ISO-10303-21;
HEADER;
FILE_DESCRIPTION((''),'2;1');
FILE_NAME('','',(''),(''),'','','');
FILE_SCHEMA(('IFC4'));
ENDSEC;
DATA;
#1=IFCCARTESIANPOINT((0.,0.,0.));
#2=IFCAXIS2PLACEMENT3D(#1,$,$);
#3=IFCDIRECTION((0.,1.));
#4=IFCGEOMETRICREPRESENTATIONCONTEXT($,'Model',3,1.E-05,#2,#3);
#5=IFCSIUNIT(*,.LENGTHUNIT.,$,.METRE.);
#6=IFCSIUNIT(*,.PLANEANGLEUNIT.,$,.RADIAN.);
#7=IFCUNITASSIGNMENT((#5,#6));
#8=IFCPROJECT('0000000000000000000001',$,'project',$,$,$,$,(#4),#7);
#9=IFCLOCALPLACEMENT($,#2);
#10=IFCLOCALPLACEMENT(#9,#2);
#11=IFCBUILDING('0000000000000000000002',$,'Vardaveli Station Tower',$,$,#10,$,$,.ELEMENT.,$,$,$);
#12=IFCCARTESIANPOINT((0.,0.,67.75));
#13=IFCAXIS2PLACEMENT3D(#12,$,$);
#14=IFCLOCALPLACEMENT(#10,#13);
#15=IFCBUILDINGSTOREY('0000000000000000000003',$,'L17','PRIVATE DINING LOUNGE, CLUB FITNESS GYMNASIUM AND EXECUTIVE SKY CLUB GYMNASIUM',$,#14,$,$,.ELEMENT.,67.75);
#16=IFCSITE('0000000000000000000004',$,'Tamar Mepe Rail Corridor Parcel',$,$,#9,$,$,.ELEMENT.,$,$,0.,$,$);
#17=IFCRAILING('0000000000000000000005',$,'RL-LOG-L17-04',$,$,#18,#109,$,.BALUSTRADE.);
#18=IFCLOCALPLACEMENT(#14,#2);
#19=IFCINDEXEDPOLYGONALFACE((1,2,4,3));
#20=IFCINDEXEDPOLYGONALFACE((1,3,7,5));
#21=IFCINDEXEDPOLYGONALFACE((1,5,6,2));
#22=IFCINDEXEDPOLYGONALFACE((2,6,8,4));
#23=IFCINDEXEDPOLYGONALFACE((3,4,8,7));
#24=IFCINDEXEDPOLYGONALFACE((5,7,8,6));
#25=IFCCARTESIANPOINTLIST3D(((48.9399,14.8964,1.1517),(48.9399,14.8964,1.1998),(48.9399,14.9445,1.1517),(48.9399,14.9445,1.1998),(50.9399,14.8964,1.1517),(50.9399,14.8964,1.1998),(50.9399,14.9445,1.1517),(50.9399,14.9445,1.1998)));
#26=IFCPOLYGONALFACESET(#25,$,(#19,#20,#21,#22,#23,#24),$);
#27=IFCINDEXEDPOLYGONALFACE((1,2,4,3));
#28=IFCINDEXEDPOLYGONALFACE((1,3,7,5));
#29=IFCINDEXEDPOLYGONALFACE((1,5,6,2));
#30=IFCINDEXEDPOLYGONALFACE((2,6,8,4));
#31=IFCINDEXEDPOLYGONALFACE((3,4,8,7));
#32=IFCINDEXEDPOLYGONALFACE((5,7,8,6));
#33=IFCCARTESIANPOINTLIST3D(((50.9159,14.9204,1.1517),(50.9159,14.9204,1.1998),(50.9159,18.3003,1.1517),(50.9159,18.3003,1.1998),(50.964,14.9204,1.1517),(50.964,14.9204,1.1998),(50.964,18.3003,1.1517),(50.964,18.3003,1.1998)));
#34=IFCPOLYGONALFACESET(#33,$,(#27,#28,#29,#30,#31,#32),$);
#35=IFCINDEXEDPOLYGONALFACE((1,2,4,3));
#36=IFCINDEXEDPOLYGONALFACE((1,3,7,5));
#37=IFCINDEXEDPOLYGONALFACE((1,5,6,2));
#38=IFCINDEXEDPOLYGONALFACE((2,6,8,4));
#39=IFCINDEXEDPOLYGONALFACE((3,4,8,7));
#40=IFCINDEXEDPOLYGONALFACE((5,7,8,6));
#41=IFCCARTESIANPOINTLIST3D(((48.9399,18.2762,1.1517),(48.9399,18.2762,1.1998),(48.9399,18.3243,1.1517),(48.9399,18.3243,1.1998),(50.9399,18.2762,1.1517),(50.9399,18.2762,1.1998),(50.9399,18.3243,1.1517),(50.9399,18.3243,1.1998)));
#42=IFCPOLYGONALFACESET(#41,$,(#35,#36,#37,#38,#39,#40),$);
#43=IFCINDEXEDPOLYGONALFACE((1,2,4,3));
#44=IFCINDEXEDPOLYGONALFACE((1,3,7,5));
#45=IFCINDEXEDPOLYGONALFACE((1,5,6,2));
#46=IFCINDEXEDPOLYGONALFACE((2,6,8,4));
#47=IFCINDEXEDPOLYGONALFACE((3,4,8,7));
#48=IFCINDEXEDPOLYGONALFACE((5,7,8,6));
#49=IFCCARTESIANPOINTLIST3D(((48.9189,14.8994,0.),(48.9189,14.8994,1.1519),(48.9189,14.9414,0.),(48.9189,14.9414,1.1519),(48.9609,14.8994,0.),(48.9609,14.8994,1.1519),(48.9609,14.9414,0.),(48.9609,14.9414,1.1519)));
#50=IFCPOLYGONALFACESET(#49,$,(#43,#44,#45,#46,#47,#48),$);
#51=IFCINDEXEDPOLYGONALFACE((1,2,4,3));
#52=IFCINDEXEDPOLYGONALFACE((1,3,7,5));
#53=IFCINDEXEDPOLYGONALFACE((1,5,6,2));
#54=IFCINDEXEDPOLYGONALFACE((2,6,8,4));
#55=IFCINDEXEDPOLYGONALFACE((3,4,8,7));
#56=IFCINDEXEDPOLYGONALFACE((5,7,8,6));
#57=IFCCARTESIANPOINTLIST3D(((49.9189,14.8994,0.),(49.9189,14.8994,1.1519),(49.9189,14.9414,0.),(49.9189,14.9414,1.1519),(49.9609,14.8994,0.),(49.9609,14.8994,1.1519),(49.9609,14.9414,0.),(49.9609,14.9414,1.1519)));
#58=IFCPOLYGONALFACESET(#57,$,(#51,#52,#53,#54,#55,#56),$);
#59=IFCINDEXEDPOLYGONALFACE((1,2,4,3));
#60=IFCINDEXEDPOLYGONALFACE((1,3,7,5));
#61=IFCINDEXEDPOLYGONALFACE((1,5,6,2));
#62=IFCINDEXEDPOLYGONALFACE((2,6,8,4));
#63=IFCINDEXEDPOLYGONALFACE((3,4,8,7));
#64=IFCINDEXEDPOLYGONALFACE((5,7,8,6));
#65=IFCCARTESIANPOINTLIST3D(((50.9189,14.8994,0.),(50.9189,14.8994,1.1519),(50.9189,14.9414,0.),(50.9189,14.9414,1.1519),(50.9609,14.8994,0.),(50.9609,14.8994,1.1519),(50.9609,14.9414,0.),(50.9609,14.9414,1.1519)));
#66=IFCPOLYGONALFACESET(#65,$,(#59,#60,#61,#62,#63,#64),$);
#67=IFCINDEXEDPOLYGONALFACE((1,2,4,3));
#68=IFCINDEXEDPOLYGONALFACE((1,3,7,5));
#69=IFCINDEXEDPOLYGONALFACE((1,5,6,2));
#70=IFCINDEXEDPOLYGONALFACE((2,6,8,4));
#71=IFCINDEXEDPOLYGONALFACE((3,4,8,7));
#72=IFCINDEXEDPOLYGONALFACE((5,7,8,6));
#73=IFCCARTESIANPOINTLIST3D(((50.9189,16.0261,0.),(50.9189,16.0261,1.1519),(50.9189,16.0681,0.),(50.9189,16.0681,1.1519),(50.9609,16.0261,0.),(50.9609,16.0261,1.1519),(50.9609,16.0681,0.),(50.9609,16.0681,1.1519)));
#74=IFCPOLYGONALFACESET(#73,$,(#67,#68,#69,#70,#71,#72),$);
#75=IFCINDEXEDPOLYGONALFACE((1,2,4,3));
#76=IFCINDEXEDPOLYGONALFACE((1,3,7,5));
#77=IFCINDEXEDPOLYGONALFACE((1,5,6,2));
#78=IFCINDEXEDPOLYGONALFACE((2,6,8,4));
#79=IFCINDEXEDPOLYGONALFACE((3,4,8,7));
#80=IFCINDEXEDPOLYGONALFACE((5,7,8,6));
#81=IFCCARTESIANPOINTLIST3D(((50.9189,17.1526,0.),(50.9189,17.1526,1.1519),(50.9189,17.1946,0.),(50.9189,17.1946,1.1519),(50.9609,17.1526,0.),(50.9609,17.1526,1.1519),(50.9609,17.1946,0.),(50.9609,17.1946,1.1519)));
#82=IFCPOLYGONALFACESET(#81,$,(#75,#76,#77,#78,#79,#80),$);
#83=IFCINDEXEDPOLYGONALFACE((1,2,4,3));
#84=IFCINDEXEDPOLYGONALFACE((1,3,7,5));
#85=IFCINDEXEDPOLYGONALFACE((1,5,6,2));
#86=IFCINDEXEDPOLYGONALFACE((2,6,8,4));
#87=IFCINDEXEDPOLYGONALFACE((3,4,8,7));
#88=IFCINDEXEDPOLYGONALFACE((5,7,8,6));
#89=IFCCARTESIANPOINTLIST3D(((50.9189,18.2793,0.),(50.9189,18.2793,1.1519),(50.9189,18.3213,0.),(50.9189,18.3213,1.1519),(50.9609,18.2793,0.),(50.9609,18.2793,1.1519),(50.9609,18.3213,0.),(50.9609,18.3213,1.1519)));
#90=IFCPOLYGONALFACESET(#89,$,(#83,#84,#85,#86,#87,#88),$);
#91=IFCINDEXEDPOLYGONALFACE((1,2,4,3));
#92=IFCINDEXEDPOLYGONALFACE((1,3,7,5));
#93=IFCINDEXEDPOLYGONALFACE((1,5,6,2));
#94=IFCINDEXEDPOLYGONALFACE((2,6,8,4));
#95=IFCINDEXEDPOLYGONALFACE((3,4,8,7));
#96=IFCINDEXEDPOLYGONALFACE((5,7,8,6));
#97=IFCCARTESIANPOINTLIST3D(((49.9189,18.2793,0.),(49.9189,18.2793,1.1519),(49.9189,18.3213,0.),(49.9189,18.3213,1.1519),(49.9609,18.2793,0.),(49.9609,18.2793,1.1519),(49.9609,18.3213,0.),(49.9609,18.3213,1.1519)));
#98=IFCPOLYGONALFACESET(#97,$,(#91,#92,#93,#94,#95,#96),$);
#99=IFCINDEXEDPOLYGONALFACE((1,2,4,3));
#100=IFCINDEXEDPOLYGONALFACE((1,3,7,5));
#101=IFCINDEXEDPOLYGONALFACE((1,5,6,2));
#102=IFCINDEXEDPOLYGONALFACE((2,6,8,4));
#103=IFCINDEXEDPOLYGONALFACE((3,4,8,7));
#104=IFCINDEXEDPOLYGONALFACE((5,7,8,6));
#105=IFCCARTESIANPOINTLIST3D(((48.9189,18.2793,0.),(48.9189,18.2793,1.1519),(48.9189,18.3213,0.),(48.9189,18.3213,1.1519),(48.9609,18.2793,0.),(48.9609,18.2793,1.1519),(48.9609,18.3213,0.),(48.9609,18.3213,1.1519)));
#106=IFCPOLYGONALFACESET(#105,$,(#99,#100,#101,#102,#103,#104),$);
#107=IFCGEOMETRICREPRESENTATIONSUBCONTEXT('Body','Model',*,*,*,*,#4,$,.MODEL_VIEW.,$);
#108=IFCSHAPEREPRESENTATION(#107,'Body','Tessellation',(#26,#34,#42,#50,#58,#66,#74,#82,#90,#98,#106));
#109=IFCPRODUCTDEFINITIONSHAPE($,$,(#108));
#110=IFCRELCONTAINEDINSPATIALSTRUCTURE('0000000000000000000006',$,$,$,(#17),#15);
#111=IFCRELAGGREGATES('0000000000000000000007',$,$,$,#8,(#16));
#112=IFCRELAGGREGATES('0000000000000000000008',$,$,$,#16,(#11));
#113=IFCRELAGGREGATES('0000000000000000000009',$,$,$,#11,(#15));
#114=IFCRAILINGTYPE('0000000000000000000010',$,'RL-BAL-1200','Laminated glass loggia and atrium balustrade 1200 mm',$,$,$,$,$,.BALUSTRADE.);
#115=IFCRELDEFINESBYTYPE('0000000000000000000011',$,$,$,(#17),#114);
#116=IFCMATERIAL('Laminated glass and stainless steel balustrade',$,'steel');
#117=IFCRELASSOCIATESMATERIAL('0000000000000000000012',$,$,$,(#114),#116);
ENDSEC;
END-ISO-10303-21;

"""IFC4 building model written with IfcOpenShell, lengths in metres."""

from ifc_helpers import new_model, si_unit, direction, frame, origin, origin_2d, place, context, subcontext, project, spatial, rectangle, extrude, source, transform, mapped, material, type_object, element, save


model = new_model("IFC4")

# Units and contexts
model_context = context("Model", 3, precision=1e-05, world=origin(), true_north=direction((0.0, 1.0)))
body_context = subcontext(model_context, "Body", "Model", "MODEL_VIEW")
ifc_project = project(units=[si_unit("LENGTHUNIT", "METRE"), si_unit("PLANEANGLEUNIT", "RADIAN")], contexts=[model_context])

# Site, building, storey
site_placement = place(None, origin())
site = spatial("IfcSite", under=ifc_project, at=site_placement, Name="Tamar Mepe Rail Corridor Parcel", CompositionType="ELEMENT", RefElevation=0.0)
building_placement = place(site_placement, origin())
building = spatial("IfcBuilding", under=site, at=building_placement, Name="Vardaveli Station Tower", CompositionType="ELEMENT")
storey_placement = place(building_placement, frame((0.0, 0.0, 67.75)))
storey = spatial("IfcBuildingStorey", under=building, at=storey_placement, Name="L17", Description="PRIVATE DINING LOUNGE, CLUB FITNESS GYMNASIUM AND EXECUTIVE SKY CLUB GYMNASIUM", CompositionType="ELEMENT", Elevation=67.75)

# Railing
ifc_material_1 = material(Name="Laminated glass and stainless steel balustrade", Category="steel")
railing_type = type_object("IfcRailingType", Name="RL-BAL-1200", Description="Laminated glass loggia and atrium balustrade 1200 mm", PredefinedType="BALUSTRADE", material=ifc_material_1)
shared_shape_1 = source(origin(), body_context, "Body", "SweptSolid", [
    extrude(rectangle(XDim=0.0481, YDim=0.0481, at=origin_2d()), frame((0.0, 0.0, 1.1758), z_axis=(1.0, 0.0, 0.0), x_axis=(0.0, 1.0, 0.0)), (0.0, 0.0, 1.0), 2.0),
    extrude(rectangle(XDim=0.0481, YDim=0.0481, at=origin_2d()), frame((2.0, 0.0, 1.1758), z_axis=(0.0, 1.0, 0.0), x_axis=(-1.0, 0.0, 0.0)), (0.0, 0.0, 1.0), 3.3799),
    extrude(rectangle(XDim=0.0481, YDim=0.0481, at=origin_2d()), frame((2.0, 3.3799, 1.1758), z_axis=(-1.0, 0.0, 0.0), x_axis=(0.0, -1.0, 0.0)), (0.0, 0.0, 1.0), 2.0),
    extrude(rectangle(XDim=0.042, YDim=0.042, at=origin_2d()), origin(), (0.0, 0.0, 1.0), 1.1519),
    extrude(rectangle(XDim=0.042, YDim=0.042, at=origin_2d()), frame((1.0, 0.0, 0.0)), (0.0, 0.0, 1.0), 1.1519),
    extrude(rectangle(XDim=0.042, YDim=0.042, at=origin_2d()), frame((2.0, 0.0, 0.0)), (0.0, 0.0, 1.0), 1.1519),
    extrude(rectangle(XDim=0.042, YDim=0.042, at=origin_2d()), frame((2.0, 1.1267, 0.0)), (0.0, 0.0, 1.0), 1.1519),
    extrude(rectangle(XDim=0.042, YDim=0.042, at=origin_2d()), frame((2.0, 2.2532, 0.0)), (0.0, 0.0, 1.0), 1.1519),
    extrude(rectangle(XDim=0.042, YDim=0.042, at=origin_2d()), frame((2.0, 3.3799, 0.0)), (0.0, 0.0, 1.0), 1.1519),
    extrude(rectangle(XDim=0.042, YDim=0.042, at=origin_2d()), frame((1.0, 3.3799, 0.0)), (0.0, 0.0, 1.0), 1.1519),
    extrude(rectangle(XDim=0.042, YDim=0.042, at=origin_2d()), frame((0.0, 3.3799, 0.0)), (0.0, 0.0, 1.0), 1.1519),
])
railing_placement = place(storey_placement, frame((48.9399, 14.9204, 0.0)))
element("IfcRailing", 1, at=railing_placement, inside=storey, type_object=railing_type, Name="RL-LOG-L17-04", PredefinedType="BALUSTRADE", context=body_context, shape_type="MappedRepresentation", body=[
    mapped(shared_shape_1, transform((0.0, 0.0, 0.0), scale=1.0)),
])

save(model, "model.ifc")
